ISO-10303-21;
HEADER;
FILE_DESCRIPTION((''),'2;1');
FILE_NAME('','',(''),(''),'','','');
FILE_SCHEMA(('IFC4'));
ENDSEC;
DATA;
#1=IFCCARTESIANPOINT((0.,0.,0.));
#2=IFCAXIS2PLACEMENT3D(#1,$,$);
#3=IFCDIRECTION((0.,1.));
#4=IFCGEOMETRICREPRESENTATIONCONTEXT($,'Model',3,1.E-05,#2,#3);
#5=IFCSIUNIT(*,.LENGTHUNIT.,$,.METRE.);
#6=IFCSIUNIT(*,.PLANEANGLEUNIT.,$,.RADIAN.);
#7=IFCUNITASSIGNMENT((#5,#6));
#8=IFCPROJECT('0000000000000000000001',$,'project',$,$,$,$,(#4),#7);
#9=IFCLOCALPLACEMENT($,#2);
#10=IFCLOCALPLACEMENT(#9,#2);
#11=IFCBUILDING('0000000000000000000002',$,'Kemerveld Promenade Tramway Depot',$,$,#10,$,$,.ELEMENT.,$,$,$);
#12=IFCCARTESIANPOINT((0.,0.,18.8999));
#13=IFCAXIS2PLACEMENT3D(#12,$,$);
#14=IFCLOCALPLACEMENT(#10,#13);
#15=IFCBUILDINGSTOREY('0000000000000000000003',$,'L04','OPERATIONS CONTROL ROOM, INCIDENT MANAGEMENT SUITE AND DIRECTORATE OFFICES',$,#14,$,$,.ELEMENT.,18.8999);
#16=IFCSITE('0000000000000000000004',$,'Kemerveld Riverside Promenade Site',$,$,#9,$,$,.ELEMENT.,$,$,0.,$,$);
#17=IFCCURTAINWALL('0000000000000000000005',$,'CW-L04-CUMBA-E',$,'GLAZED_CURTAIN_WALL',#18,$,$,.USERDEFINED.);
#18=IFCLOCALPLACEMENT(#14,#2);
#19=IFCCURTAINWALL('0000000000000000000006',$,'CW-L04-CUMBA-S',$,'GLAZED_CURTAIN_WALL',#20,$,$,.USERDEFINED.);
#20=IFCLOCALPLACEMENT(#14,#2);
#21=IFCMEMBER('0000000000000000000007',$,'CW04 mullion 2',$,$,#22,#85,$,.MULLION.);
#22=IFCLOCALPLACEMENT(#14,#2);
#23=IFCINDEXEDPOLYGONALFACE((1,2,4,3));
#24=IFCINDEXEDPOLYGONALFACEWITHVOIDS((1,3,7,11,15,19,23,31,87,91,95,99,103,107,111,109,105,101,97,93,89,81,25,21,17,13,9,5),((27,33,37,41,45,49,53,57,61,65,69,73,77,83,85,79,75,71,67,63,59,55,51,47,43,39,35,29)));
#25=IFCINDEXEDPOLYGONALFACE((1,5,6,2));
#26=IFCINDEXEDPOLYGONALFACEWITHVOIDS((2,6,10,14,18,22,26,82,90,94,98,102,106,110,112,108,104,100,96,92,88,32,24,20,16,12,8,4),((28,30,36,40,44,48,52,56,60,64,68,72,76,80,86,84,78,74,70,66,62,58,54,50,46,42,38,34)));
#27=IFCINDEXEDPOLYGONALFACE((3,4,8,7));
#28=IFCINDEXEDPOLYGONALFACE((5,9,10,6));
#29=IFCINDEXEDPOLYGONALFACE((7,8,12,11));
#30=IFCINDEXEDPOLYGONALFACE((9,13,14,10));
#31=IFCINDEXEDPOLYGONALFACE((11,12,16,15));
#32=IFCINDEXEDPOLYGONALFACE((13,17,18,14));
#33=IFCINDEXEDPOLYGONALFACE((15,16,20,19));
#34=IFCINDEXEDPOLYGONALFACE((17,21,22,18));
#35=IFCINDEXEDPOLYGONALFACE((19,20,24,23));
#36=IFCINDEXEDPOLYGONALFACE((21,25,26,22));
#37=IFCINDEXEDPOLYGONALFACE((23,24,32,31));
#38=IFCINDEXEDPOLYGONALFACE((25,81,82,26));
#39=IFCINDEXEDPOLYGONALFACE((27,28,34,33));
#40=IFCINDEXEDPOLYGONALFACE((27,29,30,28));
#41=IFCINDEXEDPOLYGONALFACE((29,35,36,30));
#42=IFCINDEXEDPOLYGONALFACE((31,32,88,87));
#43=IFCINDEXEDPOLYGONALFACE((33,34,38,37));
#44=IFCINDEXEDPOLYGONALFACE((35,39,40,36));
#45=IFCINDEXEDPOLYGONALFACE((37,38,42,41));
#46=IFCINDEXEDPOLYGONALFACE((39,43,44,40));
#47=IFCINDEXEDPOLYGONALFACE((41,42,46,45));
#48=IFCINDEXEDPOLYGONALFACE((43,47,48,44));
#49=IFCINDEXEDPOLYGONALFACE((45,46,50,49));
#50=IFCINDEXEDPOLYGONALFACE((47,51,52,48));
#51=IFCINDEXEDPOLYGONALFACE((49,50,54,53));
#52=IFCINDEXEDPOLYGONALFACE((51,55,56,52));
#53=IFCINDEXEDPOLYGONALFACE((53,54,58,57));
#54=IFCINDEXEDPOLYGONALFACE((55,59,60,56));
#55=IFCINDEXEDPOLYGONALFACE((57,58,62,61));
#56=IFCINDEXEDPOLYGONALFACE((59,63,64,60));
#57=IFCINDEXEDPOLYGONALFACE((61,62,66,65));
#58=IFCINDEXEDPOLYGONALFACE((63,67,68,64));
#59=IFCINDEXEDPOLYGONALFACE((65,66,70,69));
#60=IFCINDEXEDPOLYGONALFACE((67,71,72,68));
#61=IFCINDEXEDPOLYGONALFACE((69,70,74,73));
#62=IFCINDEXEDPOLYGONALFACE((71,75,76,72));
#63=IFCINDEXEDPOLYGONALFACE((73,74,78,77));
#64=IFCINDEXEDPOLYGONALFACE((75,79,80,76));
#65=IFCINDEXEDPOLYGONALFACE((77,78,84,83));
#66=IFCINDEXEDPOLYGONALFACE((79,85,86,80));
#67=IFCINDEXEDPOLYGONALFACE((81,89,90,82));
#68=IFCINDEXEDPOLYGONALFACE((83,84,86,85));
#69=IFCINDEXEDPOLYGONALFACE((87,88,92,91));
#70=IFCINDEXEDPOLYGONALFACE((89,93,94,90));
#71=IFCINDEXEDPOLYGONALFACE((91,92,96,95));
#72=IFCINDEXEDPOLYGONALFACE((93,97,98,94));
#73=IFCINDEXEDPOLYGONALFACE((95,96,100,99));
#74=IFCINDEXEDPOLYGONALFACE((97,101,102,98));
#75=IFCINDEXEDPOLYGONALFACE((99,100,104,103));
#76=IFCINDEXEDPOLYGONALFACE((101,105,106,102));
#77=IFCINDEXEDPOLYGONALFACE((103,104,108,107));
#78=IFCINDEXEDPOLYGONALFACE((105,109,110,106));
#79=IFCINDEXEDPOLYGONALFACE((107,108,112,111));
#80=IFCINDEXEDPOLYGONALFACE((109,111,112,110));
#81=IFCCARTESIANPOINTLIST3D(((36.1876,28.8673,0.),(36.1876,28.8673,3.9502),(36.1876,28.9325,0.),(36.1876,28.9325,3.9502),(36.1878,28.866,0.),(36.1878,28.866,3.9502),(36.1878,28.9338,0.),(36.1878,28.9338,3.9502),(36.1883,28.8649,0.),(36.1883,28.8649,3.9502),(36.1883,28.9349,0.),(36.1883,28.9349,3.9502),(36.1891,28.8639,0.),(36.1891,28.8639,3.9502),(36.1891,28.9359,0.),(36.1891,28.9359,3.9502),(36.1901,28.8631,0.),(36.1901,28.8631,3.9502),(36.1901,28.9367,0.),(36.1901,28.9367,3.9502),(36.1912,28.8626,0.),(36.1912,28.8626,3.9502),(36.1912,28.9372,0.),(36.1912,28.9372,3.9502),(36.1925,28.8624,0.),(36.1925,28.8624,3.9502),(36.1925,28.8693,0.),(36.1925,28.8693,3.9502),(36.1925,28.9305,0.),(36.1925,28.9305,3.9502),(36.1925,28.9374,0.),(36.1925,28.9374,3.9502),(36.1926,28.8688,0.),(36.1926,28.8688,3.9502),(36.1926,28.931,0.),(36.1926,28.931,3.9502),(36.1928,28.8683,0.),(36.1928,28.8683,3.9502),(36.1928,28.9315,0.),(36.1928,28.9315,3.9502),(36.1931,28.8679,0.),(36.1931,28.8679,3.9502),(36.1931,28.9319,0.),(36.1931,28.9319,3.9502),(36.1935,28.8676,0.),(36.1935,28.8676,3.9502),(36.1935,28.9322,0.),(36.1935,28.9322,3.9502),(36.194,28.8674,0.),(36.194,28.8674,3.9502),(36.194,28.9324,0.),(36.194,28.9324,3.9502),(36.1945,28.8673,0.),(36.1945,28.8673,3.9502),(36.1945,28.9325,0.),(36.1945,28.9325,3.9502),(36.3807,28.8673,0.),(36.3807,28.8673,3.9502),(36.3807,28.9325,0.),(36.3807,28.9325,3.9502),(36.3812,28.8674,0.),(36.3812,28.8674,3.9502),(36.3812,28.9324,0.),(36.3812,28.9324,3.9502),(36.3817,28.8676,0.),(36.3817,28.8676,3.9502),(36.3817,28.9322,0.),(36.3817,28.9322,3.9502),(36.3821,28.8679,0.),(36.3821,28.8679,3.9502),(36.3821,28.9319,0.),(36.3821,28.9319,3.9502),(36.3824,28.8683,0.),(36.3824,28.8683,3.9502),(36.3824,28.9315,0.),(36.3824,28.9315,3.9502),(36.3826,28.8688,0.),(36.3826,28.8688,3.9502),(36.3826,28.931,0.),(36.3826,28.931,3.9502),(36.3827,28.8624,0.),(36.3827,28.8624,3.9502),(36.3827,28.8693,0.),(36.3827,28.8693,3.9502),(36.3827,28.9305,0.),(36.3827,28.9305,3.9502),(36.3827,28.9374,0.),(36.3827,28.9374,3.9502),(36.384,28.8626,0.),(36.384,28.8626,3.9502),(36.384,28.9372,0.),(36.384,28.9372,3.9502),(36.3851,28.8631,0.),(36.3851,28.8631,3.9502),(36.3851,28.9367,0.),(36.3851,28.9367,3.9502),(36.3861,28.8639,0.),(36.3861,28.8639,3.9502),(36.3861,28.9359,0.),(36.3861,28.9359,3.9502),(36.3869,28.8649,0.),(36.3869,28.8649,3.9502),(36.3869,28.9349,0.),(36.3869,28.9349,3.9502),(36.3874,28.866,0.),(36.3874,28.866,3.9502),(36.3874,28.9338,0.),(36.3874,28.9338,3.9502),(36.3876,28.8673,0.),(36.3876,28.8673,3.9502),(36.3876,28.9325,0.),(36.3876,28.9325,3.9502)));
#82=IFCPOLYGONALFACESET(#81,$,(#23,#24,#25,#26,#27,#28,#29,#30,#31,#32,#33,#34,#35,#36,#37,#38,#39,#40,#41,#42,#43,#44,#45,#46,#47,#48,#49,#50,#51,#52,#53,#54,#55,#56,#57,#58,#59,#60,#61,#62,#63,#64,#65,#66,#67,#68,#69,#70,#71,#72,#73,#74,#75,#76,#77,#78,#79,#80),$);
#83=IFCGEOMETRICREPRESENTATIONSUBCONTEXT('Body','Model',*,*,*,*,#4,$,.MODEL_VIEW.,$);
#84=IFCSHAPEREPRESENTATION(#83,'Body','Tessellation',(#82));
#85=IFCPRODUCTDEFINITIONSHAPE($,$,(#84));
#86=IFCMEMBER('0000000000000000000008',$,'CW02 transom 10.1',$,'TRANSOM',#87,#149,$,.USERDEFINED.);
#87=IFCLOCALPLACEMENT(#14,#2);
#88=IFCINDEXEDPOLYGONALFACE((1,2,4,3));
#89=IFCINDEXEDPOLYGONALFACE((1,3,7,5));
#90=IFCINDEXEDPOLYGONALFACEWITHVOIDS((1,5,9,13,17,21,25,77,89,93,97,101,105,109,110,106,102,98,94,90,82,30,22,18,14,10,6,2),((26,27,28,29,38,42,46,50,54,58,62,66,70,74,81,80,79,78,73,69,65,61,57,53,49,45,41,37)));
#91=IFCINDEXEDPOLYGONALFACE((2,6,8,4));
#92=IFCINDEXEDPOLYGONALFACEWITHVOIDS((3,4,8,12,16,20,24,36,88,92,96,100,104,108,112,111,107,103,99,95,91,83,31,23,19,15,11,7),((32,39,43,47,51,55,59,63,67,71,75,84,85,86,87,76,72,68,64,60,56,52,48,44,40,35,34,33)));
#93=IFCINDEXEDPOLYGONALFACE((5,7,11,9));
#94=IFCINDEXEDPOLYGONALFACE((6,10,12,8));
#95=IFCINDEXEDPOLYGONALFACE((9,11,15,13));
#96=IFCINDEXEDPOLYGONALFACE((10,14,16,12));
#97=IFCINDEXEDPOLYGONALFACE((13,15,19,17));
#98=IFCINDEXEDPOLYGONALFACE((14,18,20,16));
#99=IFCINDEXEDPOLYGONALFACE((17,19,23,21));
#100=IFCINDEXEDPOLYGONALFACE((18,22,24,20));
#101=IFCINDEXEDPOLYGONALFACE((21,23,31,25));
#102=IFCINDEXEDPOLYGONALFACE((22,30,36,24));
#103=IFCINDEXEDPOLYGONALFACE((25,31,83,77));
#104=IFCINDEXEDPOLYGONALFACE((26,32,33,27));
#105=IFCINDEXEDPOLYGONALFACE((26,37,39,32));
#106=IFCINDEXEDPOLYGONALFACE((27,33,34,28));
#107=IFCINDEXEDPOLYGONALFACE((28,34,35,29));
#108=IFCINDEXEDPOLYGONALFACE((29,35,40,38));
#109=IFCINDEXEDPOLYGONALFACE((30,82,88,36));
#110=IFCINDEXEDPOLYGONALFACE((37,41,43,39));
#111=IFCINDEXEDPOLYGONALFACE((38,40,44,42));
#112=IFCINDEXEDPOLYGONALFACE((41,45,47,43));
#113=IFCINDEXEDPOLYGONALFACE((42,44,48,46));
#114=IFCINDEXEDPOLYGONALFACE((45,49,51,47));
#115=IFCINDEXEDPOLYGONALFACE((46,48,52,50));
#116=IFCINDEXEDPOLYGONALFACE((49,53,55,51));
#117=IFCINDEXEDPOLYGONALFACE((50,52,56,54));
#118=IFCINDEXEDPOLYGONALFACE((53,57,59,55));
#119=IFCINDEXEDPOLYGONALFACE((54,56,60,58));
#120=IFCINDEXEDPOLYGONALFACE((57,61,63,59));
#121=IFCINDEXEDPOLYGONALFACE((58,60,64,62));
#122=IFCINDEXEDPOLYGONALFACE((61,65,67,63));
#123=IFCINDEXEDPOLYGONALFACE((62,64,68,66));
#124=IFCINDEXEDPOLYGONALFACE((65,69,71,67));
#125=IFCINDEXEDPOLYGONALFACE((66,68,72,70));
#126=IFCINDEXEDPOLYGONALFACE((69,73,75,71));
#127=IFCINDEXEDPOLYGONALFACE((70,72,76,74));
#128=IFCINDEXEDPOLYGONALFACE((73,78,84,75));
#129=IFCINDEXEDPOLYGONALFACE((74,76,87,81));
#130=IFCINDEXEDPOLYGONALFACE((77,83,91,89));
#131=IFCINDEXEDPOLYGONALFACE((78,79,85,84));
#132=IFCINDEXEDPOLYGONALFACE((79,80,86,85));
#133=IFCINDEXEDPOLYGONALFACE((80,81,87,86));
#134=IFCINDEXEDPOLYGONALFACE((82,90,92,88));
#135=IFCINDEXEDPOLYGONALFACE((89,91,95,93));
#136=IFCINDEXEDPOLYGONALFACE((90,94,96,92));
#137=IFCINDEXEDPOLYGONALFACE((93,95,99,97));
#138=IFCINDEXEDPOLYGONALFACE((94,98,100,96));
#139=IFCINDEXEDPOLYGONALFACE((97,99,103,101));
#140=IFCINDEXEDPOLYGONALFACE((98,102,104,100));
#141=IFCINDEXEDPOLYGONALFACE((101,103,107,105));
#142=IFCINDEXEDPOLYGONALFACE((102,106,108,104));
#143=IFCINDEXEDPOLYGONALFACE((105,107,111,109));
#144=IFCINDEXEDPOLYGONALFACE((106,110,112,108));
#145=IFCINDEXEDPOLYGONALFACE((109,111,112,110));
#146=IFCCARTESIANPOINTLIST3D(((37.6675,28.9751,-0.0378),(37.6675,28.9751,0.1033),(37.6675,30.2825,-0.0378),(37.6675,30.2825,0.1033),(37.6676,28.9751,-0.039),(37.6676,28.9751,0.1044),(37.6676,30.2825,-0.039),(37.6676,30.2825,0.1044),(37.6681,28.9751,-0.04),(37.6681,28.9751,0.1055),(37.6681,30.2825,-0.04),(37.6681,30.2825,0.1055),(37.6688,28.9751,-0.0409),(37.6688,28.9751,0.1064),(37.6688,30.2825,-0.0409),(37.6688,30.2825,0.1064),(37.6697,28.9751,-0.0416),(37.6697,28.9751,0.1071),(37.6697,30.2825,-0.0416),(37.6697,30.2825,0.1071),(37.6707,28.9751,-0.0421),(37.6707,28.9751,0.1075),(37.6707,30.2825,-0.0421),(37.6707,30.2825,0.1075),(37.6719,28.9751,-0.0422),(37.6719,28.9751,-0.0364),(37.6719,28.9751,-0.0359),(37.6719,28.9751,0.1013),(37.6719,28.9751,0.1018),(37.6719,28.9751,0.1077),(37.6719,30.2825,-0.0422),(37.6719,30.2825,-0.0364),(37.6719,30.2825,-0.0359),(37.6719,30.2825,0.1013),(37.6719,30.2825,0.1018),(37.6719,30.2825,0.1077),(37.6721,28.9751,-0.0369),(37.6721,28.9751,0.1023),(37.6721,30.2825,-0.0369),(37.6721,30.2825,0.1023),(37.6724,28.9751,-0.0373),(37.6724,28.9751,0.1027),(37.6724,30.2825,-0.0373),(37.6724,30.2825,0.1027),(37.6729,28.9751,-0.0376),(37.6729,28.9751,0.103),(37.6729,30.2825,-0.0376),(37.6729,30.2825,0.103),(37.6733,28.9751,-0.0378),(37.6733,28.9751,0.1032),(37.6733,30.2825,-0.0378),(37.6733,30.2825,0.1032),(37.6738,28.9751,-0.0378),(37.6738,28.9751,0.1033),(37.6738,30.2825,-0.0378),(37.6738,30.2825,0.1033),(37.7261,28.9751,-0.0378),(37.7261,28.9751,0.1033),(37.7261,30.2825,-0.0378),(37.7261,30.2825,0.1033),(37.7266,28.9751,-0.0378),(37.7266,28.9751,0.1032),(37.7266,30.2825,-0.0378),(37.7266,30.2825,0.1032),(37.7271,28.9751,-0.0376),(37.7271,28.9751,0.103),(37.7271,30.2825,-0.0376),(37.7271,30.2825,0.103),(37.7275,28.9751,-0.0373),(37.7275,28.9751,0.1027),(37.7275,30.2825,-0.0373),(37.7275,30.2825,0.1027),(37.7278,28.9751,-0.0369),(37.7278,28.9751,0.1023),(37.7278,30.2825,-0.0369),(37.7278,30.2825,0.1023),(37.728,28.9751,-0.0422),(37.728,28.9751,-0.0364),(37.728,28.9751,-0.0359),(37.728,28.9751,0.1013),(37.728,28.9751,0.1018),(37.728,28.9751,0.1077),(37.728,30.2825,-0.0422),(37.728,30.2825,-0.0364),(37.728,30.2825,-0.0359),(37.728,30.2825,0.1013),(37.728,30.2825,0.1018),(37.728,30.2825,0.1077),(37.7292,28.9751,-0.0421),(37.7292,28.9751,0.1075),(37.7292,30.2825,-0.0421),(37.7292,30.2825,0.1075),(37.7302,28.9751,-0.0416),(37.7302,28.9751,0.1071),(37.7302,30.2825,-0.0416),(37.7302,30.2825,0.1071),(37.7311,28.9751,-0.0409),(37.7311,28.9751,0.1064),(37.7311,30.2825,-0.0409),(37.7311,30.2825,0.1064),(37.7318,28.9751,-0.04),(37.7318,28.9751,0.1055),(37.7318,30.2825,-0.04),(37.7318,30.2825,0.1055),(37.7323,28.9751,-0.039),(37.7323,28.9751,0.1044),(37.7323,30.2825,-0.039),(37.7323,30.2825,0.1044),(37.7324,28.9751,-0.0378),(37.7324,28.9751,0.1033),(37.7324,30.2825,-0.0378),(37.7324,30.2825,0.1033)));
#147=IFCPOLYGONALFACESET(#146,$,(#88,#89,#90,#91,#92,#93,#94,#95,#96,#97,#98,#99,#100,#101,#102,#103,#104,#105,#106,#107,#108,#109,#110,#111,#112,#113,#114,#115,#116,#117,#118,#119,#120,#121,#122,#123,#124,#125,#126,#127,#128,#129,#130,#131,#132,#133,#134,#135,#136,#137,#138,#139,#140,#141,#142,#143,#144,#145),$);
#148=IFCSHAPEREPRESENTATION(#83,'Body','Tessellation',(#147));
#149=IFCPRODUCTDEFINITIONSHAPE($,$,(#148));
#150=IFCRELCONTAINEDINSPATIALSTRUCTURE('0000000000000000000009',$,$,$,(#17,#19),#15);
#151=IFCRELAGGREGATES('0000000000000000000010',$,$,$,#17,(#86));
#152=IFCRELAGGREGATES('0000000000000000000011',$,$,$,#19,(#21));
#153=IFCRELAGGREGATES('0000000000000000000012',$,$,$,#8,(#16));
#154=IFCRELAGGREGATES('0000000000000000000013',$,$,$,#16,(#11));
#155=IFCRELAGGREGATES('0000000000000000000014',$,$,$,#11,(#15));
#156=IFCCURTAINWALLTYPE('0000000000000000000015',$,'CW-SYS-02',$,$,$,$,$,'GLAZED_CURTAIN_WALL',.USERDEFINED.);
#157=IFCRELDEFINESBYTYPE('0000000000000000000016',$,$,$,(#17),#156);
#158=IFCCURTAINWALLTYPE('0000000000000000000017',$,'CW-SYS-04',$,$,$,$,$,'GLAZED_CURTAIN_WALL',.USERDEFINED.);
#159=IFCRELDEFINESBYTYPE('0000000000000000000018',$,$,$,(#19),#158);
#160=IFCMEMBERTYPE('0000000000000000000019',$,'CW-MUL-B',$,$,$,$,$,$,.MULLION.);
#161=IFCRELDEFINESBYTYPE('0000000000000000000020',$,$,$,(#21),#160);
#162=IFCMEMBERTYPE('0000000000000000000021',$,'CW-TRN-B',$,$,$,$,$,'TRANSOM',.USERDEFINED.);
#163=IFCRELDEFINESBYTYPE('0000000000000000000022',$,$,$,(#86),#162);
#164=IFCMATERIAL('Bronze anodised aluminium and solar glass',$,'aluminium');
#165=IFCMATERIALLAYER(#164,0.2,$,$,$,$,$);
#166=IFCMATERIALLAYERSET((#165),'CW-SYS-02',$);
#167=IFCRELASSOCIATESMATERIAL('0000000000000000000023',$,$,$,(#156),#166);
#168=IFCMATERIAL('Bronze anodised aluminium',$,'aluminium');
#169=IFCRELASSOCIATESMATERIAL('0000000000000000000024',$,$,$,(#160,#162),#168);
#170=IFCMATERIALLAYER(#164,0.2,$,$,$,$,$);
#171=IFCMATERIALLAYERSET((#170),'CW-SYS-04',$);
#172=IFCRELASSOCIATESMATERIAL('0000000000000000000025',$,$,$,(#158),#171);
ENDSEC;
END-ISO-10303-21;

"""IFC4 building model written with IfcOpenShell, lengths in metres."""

from ifc_helpers import new_model, si_unit, direction, frame, origin, origin_2d, place, context, subcontext, project, spatial, hollow_rectangle, extrude, material, layer, layer_set, material_profile, profile_set, type_object, element, aggregate, save


model = new_model("IFC4")

# Units and contexts
model_context = context("Model", 3, precision=1e-05, world=origin(), true_north=direction((0.0, 1.0)))
body_context = subcontext(model_context, "Body", "Model", "MODEL_VIEW")
ifc_project = project(units=[si_unit("LENGTHUNIT", "METRE"), si_unit("PLANEANGLEUNIT", "RADIAN")], contexts=[model_context])

# Site, building, storey
site_placement = place(None, origin())
site = spatial("IfcSite", under=ifc_project, at=site_placement, Name="Kemerveld Riverside Promenade Site", CompositionType="ELEMENT", RefElevation=0.0)
building_placement = place(site_placement, origin())
building = spatial("IfcBuilding", under=site, at=building_placement, Name="Kemerveld Promenade Tramway Depot", CompositionType="ELEMENT")
storey_placement = place(building_placement, frame((0.0, 0.0, 18.8999)))
storey = spatial("IfcBuildingStorey", under=building, at=storey_placement, Name="L04", Description="OPERATIONS CONTROL ROOM, INCIDENT MANAGEMENT SUITE AND DIRECTORATE OFFICES", CompositionType="ELEMENT", Elevation=18.8999)

# Curtain walls, member
ifc_material_1 = material(Name="Bronze anodised aluminium and solar glass", Category="aluminium")
ifc_layer_1 = layer(ifc_material_1, 0.2)
ifc_layer_set_1 = layer_set([ifc_layer_1], Name="CW-SYS-02")
curtain_wall_type_1 = type_object("IfcCurtainWallType", Name="CW-SYS-02", ElementType="GLAZED_CURTAIN_WALL", PredefinedType="USERDEFINED", material=ifc_layer_set_1)
curtain_wall_1_placement = place(storey_placement, origin())
curtain_wall_1 = element("IfcCurtainWall", 1, at=curtain_wall_1_placement, inside=storey, type_object=curtain_wall_type_1, Name="CW-L04-CUMBA-E", ObjectType="GLAZED_CURTAIN_WALL", PredefinedType="USERDEFINED")
ifc_material_2 = material(Name="Bronze anodised aluminium", Category="aluminium")
ifc_material_profile_1 = material_profile(ifc_material_2, hollow_rectangle(XDim=0.075, YDim=0.2, WallThickness=0.0049, InnerFilletRadius=0.002, OuterFilletRadius=0.0049, at=origin_2d()), Name="CW-MUL-200x75")
ifc_profile_set_1 = profile_set([ifc_material_profile_1], Name="Bronze anodised aluminium")
member_type_1 = type_object("IfcMemberType", Name="CW-MUL-B", PredefinedType="MULLION", material=ifc_profile_set_1)
ifc_layer_2 = layer(ifc_material_1, 0.2)
ifc_layer_set_2 = layer_set([ifc_layer_2], Name="CW-SYS-04")
curtain_wall_type_2 = type_object("IfcCurtainWallType", Name="CW-SYS-04", ElementType="GLAZED_CURTAIN_WALL", PredefinedType="USERDEFINED", material=ifc_layer_set_2)
curtain_wall_2_placement = place(storey_placement, origin())
curtain_wall_2 = element("IfcCurtainWall", 2, at=curtain_wall_2_placement, inside=storey, type_object=curtain_wall_type_2, Name="CW-L04-CUMBA-S", ObjectType="GLAZED_CURTAIN_WALL", PredefinedType="USERDEFINED")
member_1_placement = place(storey_placement, frame((36.2876, 28.8999, 0.0), z_axis=(0.0, 0.0, 1.0), x_axis=(0.0, -1.0, 0.0)))
member_1 = element("IfcMember", 3, at=member_1_placement, type_object=member_type_1, Name="CW04 mullion 2", PredefinedType="MULLION", context=body_context, shape_type="SweptSolid", body=[
    extrude(hollow_rectangle(XDim=0.075, YDim=0.2, WallThickness=0.0049, InnerFilletRadius=0.002, OuterFilletRadius=0.0049, at=origin_2d()), origin(), (0.0, 0.0, 1.0), 3.9502),
])

# Member
ifc_material_profile_2 = material_profile(ifc_material_2, hollow_rectangle(XDim=0.0649, YDim=0.1499, WallThickness=0.0044, InnerFilletRadius=0.002, OuterFilletRadius=0.0044, at=origin_2d()), Name="CW-TRN-150x65")
ifc_profile_set_2 = profile_set([ifc_material_profile_2], Name="Bronze anodised aluminium")
member_type_2 = type_object("IfcMemberType", Name="CW-TRN-B", ElementType="TRANSOM", PredefinedType="USERDEFINED", material=ifc_profile_set_2)
member_2_placement = place(storey_placement, frame((37.7, 30.2825, 0.0327), z_axis=(0.0, -1.0, 0.0), x_axis=(1.0, 0.0, 0.0)))
member_2 = element("IfcMember", 4, at=member_2_placement, type_object=member_type_2, Name="CW02 transom 10.1", ObjectType="TRANSOM", PredefinedType="USERDEFINED", context=body_context, shape_type="SweptSolid", body=[
    extrude(hollow_rectangle(XDim=0.0649, YDim=0.1499, WallThickness=0.0044, InnerFilletRadius=0.002, OuterFilletRadius=0.0044, at=origin_2d()), origin(), (0.0, 0.0, 1.0), 1.3074),
])

aggregate(curtain_wall_1, [member_2])
aggregate(curtain_wall_2, [member_1])

save(model, "model.ifc")
